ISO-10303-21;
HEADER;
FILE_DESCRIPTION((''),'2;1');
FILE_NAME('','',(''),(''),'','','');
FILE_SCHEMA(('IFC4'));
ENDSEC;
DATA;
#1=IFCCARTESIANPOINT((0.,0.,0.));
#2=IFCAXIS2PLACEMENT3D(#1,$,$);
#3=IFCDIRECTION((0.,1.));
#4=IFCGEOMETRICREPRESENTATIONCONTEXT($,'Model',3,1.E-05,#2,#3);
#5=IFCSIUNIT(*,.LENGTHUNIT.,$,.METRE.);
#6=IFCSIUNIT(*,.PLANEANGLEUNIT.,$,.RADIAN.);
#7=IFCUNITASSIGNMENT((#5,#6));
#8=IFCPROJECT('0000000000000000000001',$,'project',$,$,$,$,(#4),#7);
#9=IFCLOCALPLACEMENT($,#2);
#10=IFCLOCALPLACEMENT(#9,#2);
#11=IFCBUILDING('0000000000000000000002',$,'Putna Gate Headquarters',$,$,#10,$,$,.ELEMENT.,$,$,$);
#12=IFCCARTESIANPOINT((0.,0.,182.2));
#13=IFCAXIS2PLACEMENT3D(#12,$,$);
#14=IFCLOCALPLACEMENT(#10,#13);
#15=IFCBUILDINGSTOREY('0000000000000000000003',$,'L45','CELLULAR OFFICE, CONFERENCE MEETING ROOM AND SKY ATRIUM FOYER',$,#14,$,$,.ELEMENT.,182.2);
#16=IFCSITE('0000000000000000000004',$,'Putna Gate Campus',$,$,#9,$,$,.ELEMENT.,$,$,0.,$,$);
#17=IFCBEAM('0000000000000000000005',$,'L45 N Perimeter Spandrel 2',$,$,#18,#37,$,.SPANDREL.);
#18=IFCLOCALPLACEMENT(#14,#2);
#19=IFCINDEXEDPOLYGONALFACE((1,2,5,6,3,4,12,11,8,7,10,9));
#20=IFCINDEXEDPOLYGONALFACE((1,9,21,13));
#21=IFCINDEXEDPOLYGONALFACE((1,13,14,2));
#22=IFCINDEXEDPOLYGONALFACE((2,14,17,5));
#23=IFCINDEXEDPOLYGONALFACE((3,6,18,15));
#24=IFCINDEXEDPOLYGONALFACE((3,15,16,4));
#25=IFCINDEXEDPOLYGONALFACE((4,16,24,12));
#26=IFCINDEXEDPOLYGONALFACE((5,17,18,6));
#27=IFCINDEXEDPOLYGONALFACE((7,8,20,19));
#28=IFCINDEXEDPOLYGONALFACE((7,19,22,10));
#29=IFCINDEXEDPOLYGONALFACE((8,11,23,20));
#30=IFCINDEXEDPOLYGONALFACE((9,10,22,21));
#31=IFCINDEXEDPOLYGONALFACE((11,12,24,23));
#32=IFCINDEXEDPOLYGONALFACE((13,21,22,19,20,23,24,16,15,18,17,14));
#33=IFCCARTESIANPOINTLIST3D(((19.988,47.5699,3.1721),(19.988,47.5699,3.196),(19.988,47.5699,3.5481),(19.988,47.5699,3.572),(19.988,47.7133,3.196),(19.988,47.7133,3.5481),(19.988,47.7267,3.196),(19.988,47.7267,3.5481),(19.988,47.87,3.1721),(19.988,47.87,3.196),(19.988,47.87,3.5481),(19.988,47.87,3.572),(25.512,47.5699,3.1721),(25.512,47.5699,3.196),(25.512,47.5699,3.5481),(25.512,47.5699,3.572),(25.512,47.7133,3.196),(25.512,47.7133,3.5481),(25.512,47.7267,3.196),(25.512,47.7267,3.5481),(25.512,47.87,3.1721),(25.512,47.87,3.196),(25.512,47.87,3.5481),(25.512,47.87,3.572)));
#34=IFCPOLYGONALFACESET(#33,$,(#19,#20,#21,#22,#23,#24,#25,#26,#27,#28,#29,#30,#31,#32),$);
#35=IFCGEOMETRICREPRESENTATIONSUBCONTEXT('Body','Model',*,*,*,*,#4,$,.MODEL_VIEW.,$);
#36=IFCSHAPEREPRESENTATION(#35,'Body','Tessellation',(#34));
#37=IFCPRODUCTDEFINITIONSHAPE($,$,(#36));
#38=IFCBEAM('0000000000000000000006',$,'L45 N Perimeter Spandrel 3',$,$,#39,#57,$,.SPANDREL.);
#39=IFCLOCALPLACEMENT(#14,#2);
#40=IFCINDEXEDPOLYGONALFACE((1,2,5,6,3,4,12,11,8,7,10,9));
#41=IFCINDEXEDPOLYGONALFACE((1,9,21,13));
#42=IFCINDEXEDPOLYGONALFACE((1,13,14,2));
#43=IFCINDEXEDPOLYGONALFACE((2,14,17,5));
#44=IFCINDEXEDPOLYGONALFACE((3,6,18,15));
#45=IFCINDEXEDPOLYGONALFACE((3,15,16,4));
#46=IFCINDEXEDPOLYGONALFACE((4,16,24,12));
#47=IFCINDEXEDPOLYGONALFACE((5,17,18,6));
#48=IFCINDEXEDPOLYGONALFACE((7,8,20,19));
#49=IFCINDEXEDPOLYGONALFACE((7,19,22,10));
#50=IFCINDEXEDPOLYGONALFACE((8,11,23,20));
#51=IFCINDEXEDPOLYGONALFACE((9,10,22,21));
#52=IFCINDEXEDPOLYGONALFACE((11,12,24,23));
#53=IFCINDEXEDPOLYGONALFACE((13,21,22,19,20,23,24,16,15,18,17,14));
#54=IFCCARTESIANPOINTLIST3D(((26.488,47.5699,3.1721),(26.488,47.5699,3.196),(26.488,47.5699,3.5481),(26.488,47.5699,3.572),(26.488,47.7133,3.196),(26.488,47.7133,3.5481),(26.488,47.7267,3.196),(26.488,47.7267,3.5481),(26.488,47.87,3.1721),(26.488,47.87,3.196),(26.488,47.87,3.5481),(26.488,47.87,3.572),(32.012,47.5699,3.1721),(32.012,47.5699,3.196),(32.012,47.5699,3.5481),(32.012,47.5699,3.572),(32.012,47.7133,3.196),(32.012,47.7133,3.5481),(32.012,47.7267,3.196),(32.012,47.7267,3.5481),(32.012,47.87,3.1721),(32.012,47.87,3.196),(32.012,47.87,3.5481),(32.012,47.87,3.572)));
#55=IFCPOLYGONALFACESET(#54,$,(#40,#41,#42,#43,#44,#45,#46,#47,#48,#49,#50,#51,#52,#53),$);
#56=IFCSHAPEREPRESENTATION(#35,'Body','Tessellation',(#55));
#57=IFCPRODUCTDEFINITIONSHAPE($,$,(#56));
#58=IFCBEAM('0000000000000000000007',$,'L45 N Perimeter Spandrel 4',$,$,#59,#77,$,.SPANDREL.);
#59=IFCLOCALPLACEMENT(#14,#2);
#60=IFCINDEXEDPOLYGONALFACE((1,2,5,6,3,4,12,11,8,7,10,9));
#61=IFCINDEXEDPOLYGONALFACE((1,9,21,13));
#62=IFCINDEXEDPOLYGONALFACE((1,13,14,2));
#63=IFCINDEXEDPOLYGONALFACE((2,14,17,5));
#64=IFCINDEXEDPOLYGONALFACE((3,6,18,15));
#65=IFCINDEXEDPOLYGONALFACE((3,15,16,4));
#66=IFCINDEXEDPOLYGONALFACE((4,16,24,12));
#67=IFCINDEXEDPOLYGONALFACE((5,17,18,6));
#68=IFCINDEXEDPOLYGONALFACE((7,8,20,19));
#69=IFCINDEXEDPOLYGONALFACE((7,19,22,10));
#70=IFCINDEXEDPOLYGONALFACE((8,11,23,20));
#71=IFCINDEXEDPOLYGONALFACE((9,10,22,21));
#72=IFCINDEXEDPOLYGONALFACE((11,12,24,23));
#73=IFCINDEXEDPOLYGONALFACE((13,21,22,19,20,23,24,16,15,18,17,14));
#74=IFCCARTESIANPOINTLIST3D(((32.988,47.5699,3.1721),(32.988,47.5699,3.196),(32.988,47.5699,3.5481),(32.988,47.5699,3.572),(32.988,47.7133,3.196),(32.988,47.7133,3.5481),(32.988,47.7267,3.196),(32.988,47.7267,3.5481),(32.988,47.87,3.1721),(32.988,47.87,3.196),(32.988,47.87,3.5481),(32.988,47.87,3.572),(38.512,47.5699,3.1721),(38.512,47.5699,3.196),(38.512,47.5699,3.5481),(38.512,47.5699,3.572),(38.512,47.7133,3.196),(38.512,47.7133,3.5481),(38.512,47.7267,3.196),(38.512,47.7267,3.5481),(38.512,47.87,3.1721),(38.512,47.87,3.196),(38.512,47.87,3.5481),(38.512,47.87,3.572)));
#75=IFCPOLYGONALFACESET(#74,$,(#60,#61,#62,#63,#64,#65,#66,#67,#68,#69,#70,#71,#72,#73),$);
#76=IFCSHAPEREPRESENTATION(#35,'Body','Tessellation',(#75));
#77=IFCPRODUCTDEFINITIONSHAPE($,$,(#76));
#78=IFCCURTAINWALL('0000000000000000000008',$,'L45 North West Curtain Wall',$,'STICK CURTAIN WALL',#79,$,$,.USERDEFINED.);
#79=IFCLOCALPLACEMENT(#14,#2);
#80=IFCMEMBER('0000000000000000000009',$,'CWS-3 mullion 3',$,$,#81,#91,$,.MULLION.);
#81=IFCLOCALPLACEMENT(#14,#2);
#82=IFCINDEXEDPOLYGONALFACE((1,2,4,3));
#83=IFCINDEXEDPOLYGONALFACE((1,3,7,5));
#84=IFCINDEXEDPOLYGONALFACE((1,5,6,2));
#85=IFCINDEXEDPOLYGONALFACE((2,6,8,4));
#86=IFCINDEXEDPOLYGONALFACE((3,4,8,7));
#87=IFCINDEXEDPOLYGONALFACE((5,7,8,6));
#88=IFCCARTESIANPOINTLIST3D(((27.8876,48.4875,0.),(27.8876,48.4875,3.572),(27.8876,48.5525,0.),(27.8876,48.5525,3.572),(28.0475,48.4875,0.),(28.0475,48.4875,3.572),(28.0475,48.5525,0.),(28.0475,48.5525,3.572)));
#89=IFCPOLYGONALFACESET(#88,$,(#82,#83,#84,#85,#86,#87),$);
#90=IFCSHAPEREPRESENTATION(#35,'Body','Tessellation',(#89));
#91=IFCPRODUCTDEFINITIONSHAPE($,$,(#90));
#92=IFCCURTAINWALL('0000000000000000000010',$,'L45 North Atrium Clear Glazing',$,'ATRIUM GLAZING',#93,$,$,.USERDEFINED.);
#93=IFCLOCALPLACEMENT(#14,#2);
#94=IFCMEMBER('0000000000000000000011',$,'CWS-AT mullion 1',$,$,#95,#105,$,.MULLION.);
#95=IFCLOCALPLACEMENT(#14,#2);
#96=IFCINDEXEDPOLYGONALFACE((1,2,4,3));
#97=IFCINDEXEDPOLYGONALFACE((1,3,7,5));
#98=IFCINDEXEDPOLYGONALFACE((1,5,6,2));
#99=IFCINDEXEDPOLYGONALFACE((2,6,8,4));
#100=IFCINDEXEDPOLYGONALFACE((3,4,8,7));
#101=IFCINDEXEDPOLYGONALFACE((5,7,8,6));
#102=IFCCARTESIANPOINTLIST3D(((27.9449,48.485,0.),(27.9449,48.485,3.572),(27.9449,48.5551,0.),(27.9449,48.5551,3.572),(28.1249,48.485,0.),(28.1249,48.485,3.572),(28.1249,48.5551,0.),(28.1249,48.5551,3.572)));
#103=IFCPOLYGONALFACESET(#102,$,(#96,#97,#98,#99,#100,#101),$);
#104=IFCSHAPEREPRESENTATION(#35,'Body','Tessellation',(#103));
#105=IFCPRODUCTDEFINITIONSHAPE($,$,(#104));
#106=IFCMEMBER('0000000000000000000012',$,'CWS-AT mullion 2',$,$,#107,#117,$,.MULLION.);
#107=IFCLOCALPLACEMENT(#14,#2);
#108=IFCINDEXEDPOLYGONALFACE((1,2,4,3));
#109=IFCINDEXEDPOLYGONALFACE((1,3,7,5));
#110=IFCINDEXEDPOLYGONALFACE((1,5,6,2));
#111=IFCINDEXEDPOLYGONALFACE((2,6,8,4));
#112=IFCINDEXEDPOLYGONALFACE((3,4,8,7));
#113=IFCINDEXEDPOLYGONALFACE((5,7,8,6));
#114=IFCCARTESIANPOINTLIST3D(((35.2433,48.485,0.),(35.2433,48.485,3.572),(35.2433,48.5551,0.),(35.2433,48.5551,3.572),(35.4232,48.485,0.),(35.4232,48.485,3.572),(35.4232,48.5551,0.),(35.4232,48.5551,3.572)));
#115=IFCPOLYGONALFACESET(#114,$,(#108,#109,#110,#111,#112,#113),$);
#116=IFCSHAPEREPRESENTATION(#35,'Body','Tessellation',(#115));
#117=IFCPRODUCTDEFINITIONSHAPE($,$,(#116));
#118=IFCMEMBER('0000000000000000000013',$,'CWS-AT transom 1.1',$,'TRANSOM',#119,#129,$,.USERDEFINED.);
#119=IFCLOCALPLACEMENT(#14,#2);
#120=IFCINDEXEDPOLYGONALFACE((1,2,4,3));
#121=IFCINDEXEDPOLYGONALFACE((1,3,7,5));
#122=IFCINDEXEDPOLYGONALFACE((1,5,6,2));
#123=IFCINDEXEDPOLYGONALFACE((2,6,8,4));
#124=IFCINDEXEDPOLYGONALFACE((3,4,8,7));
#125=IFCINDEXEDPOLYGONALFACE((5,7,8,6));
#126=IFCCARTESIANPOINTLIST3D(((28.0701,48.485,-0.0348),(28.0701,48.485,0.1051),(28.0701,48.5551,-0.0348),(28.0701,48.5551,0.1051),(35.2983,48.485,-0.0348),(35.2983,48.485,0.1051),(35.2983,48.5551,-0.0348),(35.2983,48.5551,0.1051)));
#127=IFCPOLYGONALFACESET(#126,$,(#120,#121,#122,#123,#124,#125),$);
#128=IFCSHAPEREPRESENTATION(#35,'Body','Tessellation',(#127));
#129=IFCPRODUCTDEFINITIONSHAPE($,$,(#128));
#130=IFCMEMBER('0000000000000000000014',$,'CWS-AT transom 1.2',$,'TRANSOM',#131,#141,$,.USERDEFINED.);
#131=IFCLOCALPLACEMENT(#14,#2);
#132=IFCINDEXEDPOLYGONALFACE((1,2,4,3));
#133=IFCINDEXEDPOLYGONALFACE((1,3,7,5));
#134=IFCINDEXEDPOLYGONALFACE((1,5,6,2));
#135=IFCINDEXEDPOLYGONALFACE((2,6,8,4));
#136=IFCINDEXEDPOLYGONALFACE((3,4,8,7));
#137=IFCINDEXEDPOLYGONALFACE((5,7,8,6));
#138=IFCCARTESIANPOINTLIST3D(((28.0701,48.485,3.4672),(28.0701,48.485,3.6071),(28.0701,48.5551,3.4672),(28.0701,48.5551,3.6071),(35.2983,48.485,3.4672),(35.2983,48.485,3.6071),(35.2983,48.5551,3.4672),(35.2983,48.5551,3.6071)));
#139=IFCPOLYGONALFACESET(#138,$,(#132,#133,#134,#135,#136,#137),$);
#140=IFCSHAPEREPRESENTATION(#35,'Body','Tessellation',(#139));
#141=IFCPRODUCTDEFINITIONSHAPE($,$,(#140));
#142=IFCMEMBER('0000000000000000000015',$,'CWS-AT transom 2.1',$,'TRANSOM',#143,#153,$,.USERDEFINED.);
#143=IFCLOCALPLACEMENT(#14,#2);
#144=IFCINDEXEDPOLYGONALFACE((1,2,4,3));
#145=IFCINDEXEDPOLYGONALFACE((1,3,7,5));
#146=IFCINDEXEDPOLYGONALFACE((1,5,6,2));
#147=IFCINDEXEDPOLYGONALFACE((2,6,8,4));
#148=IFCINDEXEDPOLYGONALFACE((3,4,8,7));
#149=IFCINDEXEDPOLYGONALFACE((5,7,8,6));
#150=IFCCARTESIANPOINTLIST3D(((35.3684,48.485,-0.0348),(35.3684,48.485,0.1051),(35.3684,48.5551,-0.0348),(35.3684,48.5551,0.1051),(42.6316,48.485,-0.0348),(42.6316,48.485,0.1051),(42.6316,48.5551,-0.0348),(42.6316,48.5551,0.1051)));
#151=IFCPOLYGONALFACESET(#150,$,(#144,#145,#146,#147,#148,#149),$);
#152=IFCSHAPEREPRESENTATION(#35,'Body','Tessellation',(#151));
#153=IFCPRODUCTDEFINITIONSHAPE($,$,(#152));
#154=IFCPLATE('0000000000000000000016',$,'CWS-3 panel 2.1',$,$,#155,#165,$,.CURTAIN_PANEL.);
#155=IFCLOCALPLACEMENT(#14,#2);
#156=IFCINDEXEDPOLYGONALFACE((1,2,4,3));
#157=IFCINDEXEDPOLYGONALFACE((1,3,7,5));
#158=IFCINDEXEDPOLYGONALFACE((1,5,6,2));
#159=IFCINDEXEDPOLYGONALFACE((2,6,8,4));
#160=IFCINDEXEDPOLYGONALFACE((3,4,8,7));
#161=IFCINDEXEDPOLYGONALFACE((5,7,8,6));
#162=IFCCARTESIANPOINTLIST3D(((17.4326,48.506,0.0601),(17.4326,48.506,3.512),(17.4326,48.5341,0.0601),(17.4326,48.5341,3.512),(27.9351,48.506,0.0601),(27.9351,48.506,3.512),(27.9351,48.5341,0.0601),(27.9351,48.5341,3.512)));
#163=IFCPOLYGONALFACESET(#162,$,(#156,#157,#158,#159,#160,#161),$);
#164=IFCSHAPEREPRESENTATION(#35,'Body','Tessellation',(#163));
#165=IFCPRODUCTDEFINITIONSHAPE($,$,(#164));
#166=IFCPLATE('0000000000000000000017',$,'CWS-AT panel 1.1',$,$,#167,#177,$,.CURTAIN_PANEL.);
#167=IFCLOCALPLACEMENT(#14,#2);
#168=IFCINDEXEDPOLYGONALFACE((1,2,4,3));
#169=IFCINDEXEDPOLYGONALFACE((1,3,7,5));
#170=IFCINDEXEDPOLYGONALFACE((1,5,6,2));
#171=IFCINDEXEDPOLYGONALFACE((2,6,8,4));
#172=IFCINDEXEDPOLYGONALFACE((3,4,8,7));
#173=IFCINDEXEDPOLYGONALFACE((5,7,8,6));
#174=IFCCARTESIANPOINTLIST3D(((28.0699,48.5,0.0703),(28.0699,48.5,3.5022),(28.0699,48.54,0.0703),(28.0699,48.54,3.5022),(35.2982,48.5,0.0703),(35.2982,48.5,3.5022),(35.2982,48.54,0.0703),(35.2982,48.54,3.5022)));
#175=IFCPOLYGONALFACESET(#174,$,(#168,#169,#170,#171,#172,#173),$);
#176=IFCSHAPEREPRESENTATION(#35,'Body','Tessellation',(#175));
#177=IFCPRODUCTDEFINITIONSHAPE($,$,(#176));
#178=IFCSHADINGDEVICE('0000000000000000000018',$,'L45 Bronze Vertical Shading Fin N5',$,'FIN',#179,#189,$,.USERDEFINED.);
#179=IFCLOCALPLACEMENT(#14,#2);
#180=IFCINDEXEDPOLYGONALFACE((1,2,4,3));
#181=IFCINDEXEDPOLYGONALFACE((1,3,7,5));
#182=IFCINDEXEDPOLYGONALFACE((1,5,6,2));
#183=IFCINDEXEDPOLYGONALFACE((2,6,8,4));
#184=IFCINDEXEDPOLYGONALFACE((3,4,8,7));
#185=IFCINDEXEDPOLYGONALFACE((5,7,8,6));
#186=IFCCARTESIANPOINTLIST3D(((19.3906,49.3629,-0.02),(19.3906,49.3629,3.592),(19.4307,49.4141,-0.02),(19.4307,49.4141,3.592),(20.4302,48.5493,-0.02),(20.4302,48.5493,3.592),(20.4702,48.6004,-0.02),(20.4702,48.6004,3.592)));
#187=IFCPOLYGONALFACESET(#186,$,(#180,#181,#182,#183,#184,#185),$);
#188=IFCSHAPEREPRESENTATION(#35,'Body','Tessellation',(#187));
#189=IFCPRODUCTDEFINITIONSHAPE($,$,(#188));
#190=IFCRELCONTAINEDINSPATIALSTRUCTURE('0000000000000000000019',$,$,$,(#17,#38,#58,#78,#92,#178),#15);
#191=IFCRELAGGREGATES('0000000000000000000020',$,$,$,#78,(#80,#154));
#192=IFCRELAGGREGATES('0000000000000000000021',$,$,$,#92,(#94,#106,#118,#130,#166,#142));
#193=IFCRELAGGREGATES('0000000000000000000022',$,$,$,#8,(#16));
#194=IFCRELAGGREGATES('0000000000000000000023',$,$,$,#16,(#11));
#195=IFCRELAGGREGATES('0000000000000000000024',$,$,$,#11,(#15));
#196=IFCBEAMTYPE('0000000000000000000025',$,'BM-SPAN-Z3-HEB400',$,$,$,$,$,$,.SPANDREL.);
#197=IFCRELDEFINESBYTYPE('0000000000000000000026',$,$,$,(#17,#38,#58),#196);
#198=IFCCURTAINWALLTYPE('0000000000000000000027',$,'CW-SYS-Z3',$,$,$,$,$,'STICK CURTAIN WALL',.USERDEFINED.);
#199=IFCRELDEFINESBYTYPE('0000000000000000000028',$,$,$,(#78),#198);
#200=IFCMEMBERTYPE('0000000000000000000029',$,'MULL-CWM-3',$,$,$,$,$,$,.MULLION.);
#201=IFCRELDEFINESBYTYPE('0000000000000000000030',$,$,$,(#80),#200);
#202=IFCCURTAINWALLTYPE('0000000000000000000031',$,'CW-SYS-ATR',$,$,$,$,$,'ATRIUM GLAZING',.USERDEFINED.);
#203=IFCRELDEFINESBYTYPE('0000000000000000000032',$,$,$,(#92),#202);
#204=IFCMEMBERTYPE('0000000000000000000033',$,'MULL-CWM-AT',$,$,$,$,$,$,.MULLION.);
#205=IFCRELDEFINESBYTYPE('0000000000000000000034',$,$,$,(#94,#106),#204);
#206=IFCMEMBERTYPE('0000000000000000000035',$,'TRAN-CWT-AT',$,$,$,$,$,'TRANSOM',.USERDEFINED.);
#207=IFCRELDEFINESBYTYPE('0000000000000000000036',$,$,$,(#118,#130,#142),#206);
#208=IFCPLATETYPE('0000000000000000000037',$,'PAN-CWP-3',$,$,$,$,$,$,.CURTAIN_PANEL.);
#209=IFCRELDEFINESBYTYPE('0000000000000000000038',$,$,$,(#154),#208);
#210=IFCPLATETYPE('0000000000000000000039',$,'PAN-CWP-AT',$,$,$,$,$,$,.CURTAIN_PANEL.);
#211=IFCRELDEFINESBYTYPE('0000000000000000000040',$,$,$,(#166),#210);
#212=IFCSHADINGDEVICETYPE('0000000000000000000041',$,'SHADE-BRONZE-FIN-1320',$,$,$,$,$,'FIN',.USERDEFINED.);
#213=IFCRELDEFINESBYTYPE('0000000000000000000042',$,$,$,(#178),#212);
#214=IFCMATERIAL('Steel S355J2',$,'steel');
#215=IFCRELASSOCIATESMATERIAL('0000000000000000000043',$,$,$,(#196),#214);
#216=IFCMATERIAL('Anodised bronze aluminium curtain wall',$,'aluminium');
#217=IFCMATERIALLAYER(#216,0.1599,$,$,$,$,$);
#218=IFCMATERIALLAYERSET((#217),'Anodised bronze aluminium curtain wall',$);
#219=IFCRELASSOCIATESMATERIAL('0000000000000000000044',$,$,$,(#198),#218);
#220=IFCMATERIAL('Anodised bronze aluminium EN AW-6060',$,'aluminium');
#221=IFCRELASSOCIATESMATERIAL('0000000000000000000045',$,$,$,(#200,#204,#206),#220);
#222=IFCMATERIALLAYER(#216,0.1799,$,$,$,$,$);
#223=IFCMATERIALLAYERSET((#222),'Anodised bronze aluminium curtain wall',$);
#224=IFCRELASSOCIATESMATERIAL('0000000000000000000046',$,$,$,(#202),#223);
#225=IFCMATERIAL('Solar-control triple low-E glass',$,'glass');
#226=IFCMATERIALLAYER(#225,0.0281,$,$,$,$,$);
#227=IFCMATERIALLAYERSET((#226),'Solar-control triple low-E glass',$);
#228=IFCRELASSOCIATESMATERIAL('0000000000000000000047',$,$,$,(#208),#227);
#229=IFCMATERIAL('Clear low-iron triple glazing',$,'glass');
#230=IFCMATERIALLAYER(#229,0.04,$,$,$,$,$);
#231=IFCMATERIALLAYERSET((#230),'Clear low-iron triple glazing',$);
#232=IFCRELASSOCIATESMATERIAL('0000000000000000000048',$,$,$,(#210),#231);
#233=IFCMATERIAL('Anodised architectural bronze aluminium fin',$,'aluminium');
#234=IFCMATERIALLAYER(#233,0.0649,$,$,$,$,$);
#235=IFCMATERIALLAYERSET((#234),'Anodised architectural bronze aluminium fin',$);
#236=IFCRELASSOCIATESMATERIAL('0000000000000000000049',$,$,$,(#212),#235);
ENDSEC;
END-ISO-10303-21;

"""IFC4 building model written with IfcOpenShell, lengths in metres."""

from ifc_helpers import new_model, si_unit, direction, frame, origin, origin_2d, place, context, subcontext, project, spatial, rectangle, i_section, extrude, material, layer, layer_set, material_profile, profile_set, type_object, element, aggregate, save


model = new_model("IFC4")

# Units and contexts
model_context = context("Model", 3, precision=1e-05, world=origin(), true_north=direction((0.0, 1.0)))
body_context = subcontext(model_context, "Body", "Model", "MODEL_VIEW")
ifc_project = project(units=[si_unit("LENGTHUNIT", "METRE"), si_unit("PLANEANGLEUNIT", "RADIAN")], contexts=[model_context])

# Site, building, storey
site_placement = place(None, origin())
site = spatial("IfcSite", under=ifc_project, at=site_placement, Name="Putna Gate Campus", CompositionType="ELEMENT", RefElevation=0.0)
building_placement = place(site_placement, origin())
building = spatial("IfcBuilding", under=site, at=building_placement, Name="Putna Gate Headquarters", CompositionType="ELEMENT")
storey_placement = place(building_placement, frame((0.0, 0.0, 182.2)))
storey = spatial("IfcBuildingStorey", under=building, at=storey_placement, Name="L45", Description="CELLULAR OFFICE, CONFERENCE MEETING ROOM AND SKY ATRIUM FOYER", CompositionType="ELEMENT", Elevation=182.2)

# Beams
ifc_material_1 = material(Name="Steel S355J2", Category="steel")
ifc_material_profile_1 = material_profile(ifc_material_1, i_section(OverallWidth=0.3, OverallDepth=0.3999, WebThickness=0.0134, FlangeThickness=0.0239, at=origin_2d()), Name="Steel S355J2")
ifc_profile_set_1 = profile_set([ifc_material_profile_1], Name="Steel S355J2")
beam_type_1 = type_object("IfcBeamType", Name="BM-SPAN-Z3-HEB400", PredefinedType="SPANDREL", material=ifc_profile_set_1)
for number, where, z_axis, x_axis, name in (
    (1, (19.988, 47.72, 3.3721), (1.0, 0.0, 0.0), (0.0, 1.0, 0.0), "L45 N Perimeter Spandrel 2"),
    (2, (26.488, 47.72, 3.3721), (1.0, 0.0, 0.0), (0.0, 1.0, 0.0), "L45 N Perimeter Spandrel 3"),
    (3, (32.988, 47.72, 3.3721), (1.0, 0.0, 0.0), (0.0, 1.0, 0.0), "L45 N Perimeter Spandrel 4"),
):
    element("IfcBeam", number, at=place(storey_placement, frame(where, z_axis=z_axis, x_axis=x_axis)), inside=storey, type_object=beam_type_1, Name=name, PredefinedType="SPANDREL", context=body_context, shape_type="SweptSolid", body=[
        extrude(i_section(OverallWidth=0.3, OverallDepth=0.3999, WebThickness=0.0134, FlangeThickness=0.0239, at=origin_2d()), origin(), (0.0, 0.0, 1.0), 5.5239),
    ])

# Curtain wall, member
ifc_material_2 = material(Name="Anodised bronze aluminium curtain wall", Category="aluminium")
ifc_layer_1 = layer(ifc_material_2, 0.1599)
ifc_layer_set_1 = layer_set([ifc_layer_1], Name="Anodised bronze aluminium curtain wall")
curtain_wall_type_1 = type_object("IfcCurtainWallType", Name="CW-SYS-Z3", ElementType="STICK CURTAIN WALL", PredefinedType="USERDEFINED", material=ifc_layer_set_1)
curtain_wall_1_placement = place(storey_placement, origin())
curtain_wall_1 = element("IfcCurtainWall", 4, at=curtain_wall_1_placement, inside=storey, type_object=curtain_wall_type_1, Name="L45 North West Curtain Wall", ObjectType="STICK CURTAIN WALL", PredefinedType="USERDEFINED")
ifc_material_3 = material(Name="Anodised bronze aluminium EN AW-6060", Category="aluminium")
ifc_material_profile_2 = material_profile(ifc_material_3, rectangle(XDim=0.0649, YDim=0.1599, at=origin_2d()), Name="Anodised bronze aluminium EN AW-6060")
ifc_profile_set_2 = profile_set([ifc_material_profile_2], Name="Anodised bronze aluminium EN AW-6060")
member_type_1 = type_object("IfcMemberType", Name="MULL-CWM-3", PredefinedType="MULLION", material=ifc_profile_set_2)
member_1_placement = place(storey_placement, frame((27.9675, 48.52, 0.0), z_axis=(0.0, 0.0, 1.0), x_axis=(0.0, 1.0, 0.0)))
member_1 = element("IfcMember", 5, at=member_1_placement, type_object=member_type_1, Name="CWS-3 mullion 3", PredefinedType="MULLION", context=body_context, shape_type="SweptSolid", body=[
    extrude(rectangle(XDim=0.0649, YDim=0.1599, at=origin_2d()), origin(), (0.0, 0.0, 1.0), 3.572),
])

# Curtain wall, members
ifc_layer_2 = layer(ifc_material_2, 0.1799)
ifc_layer_set_2 = layer_set([ifc_layer_2], Name="Anodised bronze aluminium curtain wall")
curtain_wall_type_2 = type_object("IfcCurtainWallType", Name="CW-SYS-ATR", ElementType="ATRIUM GLAZING", PredefinedType="USERDEFINED", material=ifc_layer_set_2)
curtain_wall_2_placement = place(storey_placement, origin())
curtain_wall_2 = element("IfcCurtainWall", 6, at=curtain_wall_2_placement, inside=storey, type_object=curtain_wall_type_2, Name="L45 North Atrium Clear Glazing", ObjectType="ATRIUM GLAZING", PredefinedType="USERDEFINED")
ifc_material_profile_3 = material_profile(ifc_material_3, rectangle(XDim=0.0701, YDim=0.1799, at=origin_2d()), Name="Anodised bronze aluminium EN AW-6060")
ifc_profile_set_3 = profile_set([ifc_material_profile_3], Name="Anodised bronze aluminium EN AW-6060")
member_type_2 = type_object("IfcMemberType", Name="MULL-CWM-AT", PredefinedType="MULLION", material=ifc_profile_set_3)
member_2_placement = place(storey_placement, frame((28.0349, 48.52, 0.0), z_axis=(0.0, 0.0, 1.0), x_axis=(0.0, 1.0, 0.0)))
member_2 = element("IfcMember", 7, at=member_2_placement, type_object=member_type_2, Name="CWS-AT mullion 1", PredefinedType="MULLION", context=body_context, shape_type="SweptSolid", body=[
    extrude(rectangle(XDim=0.0701, YDim=0.1799, at=origin_2d()), origin(), (0.0, 0.0, 1.0), 3.572),
])
member_3_placement = place(storey_placement, frame((35.3333, 48.52, 0.0), z_axis=(0.0, 0.0, 1.0), x_axis=(0.0, 1.0, 0.0)))
member_3 = element("IfcMember", 8, at=member_3_placement, type_object=member_type_2, Name="CWS-AT mullion 2", PredefinedType="MULLION", context=body_context, shape_type="SweptSolid", body=[
    extrude(rectangle(XDim=0.0701, YDim=0.1799, at=origin_2d()), origin(), (0.0, 0.0, 1.0), 3.572),
])
ifc_material_profile_4 = material_profile(ifc_material_3, rectangle(XDim=0.0701, YDim=0.1399, at=origin_2d()), Name="Anodised bronze aluminium EN AW-6060")
ifc_profile_set_4 = profile_set([ifc_material_profile_4], Name="Anodised bronze aluminium EN AW-6060")
member_type_3 = type_object("IfcMemberType", Name="TRAN-CWT-AT", ElementType="TRANSOM", PredefinedType="USERDEFINED", material=ifc_profile_set_4)
member_4_placement = place(storey_placement, frame((28.0701, 48.52, 0.0352), z_axis=(1.0, 0.0, 0.0), x_axis=(0.0, 1.0, 0.0)))
member_4 = element("IfcMember", 9, at=member_4_placement, type_object=member_type_3, Name="CWS-AT transom 1.1", ObjectType="TRANSOM", PredefinedType="USERDEFINED", context=body_context, shape_type="SweptSolid", body=[
    extrude(rectangle(XDim=0.0701, YDim=0.1399, at=origin_2d()), origin(), (0.0, 0.0, 1.0), 7.2283),
])
member_5_placement = place(storey_placement, frame((28.0701, 48.52, 3.5371), z_axis=(1.0, 0.0, 0.0), x_axis=(0.0, 1.0, 0.0)))
member_5 = element("IfcMember", 10, at=member_5_placement, type_object=member_type_3, Name="CWS-AT transom 1.2", ObjectType="TRANSOM", PredefinedType="USERDEFINED", context=body_context, shape_type="SweptSolid", body=[
    extrude(rectangle(XDim=0.0701, YDim=0.1399, at=origin_2d()), origin(), (0.0, 0.0, 1.0), 7.2283),
])
member_6_placement = place(storey_placement, frame((35.3684, 48.52, 0.0352), z_axis=(1.0, 0.0, 0.0), x_axis=(0.0, 1.0, 0.0)))
member_6 = element("IfcMember", 11, at=member_6_placement, type_object=member_type_3, Name="CWS-AT transom 2.1", ObjectType="TRANSOM", PredefinedType="USERDEFINED", context=body_context, shape_type="SweptSolid", body=[
    extrude(rectangle(XDim=0.0701, YDim=0.1399, at=origin_2d()), origin(), (0.0, 0.0, 1.0), 7.2632),
])

# Plates
ifc_material_4 = material(Name="Solar-control triple low-E glass", Category="glass")
ifc_layer_3 = layer(ifc_material_4, 0.0281)
ifc_layer_set_3 = layer_set([ifc_layer_3], Name="Solar-control triple low-E glass")
plate_type_1 = type_object("IfcPlateType", Name="PAN-CWP-3", PredefinedType="CURTAIN_PANEL", material=ifc_layer_set_3)
plate_1_placement = place(storey_placement, frame((22.6838, 48.52, 0.0601), z_axis=(0.0, 0.0, 1.0), x_axis=(1.0, 0.0, 0.0)))
plate_1 = element("IfcPlate", 12, at=plate_1_placement, type_object=plate_type_1, Name="CWS-3 panel 2.1", PredefinedType="CURTAIN_PANEL", context=body_context, shape_type="SweptSolid", body=[
    extrude(rectangle(XDim=10.5024, YDim=0.0281, at=origin_2d()), origin(), (0.0, 0.0, 1.0), 3.4519),
])
aggregate(curtain_wall_1, [member_1, plate_1])
ifc_material_5 = material(Name="Clear low-iron triple glazing", Category="glass")
ifc_layer_4 = layer(ifc_material_5, 0.04)
ifc_layer_set_4 = layer_set([ifc_layer_4], Name="Clear low-iron triple glazing")
plate_type_2 = type_object("IfcPlateType", Name="PAN-CWP-AT", PredefinedType="CURTAIN_PANEL", material=ifc_layer_set_4)
plate_2_placement = place(storey_placement, frame((31.6841, 48.52, 0.0703), z_axis=(0.0, 0.0, 1.0), x_axis=(1.0, 0.0, 0.0)))
plate_2 = element("IfcPlate", 13, at=plate_2_placement, type_object=plate_type_2, Name="CWS-AT panel 1.1", PredefinedType="CURTAIN_PANEL", context=body_context, shape_type="SweptSolid", body=[
    extrude(rectangle(XDim=7.2283, YDim=0.04, at=origin_2d()), origin(), (0.0, 0.0, 1.0), 3.4319),
])
aggregate(curtain_wall_2, [member_2, member_3, member_4, member_5, plate_2, member_6])

# Shading device
ifc_material_6 = material(Name="Anodised architectural bronze aluminium fin", Category="aluminium")
ifc_layer_5 = layer(ifc_material_6, 0.0649)
ifc_layer_set_5 = layer_set([ifc_layer_5], Name="Anodised architectural bronze aluminium fin")
shading_device_type = type_object("IfcShadingDeviceType", Name="SHADE-BRONZE-FIN-1320", ElementType="FIN", PredefinedType="USERDEFINED", material=ifc_layer_set_5)
for number, where, z_axis, x_axis, name in (
    (14, (19.9304, 48.9817, -0.02), (0.0, 0.0, 1.0), (-0.787473, 0.616349, 0.0), "L45 Bronze Vertical Shading Fin N5"),
):
    element("IfcShadingDevice", number, at=place(storey_placement, frame(where, z_axis=z_axis, x_axis=x_axis)), inside=storey, type_object=shading_device_type, Name=name, ObjectType="FIN", PredefinedType="USERDEFINED", context=body_context, shape_type="SweptSolid", body=[
        extrude(rectangle(XDim=1.3201, YDim=0.0649, at=origin_2d()), origin(), (0.0, 0.0, 1.0), 3.6121),
    ])

save(model, "model.ifc")
